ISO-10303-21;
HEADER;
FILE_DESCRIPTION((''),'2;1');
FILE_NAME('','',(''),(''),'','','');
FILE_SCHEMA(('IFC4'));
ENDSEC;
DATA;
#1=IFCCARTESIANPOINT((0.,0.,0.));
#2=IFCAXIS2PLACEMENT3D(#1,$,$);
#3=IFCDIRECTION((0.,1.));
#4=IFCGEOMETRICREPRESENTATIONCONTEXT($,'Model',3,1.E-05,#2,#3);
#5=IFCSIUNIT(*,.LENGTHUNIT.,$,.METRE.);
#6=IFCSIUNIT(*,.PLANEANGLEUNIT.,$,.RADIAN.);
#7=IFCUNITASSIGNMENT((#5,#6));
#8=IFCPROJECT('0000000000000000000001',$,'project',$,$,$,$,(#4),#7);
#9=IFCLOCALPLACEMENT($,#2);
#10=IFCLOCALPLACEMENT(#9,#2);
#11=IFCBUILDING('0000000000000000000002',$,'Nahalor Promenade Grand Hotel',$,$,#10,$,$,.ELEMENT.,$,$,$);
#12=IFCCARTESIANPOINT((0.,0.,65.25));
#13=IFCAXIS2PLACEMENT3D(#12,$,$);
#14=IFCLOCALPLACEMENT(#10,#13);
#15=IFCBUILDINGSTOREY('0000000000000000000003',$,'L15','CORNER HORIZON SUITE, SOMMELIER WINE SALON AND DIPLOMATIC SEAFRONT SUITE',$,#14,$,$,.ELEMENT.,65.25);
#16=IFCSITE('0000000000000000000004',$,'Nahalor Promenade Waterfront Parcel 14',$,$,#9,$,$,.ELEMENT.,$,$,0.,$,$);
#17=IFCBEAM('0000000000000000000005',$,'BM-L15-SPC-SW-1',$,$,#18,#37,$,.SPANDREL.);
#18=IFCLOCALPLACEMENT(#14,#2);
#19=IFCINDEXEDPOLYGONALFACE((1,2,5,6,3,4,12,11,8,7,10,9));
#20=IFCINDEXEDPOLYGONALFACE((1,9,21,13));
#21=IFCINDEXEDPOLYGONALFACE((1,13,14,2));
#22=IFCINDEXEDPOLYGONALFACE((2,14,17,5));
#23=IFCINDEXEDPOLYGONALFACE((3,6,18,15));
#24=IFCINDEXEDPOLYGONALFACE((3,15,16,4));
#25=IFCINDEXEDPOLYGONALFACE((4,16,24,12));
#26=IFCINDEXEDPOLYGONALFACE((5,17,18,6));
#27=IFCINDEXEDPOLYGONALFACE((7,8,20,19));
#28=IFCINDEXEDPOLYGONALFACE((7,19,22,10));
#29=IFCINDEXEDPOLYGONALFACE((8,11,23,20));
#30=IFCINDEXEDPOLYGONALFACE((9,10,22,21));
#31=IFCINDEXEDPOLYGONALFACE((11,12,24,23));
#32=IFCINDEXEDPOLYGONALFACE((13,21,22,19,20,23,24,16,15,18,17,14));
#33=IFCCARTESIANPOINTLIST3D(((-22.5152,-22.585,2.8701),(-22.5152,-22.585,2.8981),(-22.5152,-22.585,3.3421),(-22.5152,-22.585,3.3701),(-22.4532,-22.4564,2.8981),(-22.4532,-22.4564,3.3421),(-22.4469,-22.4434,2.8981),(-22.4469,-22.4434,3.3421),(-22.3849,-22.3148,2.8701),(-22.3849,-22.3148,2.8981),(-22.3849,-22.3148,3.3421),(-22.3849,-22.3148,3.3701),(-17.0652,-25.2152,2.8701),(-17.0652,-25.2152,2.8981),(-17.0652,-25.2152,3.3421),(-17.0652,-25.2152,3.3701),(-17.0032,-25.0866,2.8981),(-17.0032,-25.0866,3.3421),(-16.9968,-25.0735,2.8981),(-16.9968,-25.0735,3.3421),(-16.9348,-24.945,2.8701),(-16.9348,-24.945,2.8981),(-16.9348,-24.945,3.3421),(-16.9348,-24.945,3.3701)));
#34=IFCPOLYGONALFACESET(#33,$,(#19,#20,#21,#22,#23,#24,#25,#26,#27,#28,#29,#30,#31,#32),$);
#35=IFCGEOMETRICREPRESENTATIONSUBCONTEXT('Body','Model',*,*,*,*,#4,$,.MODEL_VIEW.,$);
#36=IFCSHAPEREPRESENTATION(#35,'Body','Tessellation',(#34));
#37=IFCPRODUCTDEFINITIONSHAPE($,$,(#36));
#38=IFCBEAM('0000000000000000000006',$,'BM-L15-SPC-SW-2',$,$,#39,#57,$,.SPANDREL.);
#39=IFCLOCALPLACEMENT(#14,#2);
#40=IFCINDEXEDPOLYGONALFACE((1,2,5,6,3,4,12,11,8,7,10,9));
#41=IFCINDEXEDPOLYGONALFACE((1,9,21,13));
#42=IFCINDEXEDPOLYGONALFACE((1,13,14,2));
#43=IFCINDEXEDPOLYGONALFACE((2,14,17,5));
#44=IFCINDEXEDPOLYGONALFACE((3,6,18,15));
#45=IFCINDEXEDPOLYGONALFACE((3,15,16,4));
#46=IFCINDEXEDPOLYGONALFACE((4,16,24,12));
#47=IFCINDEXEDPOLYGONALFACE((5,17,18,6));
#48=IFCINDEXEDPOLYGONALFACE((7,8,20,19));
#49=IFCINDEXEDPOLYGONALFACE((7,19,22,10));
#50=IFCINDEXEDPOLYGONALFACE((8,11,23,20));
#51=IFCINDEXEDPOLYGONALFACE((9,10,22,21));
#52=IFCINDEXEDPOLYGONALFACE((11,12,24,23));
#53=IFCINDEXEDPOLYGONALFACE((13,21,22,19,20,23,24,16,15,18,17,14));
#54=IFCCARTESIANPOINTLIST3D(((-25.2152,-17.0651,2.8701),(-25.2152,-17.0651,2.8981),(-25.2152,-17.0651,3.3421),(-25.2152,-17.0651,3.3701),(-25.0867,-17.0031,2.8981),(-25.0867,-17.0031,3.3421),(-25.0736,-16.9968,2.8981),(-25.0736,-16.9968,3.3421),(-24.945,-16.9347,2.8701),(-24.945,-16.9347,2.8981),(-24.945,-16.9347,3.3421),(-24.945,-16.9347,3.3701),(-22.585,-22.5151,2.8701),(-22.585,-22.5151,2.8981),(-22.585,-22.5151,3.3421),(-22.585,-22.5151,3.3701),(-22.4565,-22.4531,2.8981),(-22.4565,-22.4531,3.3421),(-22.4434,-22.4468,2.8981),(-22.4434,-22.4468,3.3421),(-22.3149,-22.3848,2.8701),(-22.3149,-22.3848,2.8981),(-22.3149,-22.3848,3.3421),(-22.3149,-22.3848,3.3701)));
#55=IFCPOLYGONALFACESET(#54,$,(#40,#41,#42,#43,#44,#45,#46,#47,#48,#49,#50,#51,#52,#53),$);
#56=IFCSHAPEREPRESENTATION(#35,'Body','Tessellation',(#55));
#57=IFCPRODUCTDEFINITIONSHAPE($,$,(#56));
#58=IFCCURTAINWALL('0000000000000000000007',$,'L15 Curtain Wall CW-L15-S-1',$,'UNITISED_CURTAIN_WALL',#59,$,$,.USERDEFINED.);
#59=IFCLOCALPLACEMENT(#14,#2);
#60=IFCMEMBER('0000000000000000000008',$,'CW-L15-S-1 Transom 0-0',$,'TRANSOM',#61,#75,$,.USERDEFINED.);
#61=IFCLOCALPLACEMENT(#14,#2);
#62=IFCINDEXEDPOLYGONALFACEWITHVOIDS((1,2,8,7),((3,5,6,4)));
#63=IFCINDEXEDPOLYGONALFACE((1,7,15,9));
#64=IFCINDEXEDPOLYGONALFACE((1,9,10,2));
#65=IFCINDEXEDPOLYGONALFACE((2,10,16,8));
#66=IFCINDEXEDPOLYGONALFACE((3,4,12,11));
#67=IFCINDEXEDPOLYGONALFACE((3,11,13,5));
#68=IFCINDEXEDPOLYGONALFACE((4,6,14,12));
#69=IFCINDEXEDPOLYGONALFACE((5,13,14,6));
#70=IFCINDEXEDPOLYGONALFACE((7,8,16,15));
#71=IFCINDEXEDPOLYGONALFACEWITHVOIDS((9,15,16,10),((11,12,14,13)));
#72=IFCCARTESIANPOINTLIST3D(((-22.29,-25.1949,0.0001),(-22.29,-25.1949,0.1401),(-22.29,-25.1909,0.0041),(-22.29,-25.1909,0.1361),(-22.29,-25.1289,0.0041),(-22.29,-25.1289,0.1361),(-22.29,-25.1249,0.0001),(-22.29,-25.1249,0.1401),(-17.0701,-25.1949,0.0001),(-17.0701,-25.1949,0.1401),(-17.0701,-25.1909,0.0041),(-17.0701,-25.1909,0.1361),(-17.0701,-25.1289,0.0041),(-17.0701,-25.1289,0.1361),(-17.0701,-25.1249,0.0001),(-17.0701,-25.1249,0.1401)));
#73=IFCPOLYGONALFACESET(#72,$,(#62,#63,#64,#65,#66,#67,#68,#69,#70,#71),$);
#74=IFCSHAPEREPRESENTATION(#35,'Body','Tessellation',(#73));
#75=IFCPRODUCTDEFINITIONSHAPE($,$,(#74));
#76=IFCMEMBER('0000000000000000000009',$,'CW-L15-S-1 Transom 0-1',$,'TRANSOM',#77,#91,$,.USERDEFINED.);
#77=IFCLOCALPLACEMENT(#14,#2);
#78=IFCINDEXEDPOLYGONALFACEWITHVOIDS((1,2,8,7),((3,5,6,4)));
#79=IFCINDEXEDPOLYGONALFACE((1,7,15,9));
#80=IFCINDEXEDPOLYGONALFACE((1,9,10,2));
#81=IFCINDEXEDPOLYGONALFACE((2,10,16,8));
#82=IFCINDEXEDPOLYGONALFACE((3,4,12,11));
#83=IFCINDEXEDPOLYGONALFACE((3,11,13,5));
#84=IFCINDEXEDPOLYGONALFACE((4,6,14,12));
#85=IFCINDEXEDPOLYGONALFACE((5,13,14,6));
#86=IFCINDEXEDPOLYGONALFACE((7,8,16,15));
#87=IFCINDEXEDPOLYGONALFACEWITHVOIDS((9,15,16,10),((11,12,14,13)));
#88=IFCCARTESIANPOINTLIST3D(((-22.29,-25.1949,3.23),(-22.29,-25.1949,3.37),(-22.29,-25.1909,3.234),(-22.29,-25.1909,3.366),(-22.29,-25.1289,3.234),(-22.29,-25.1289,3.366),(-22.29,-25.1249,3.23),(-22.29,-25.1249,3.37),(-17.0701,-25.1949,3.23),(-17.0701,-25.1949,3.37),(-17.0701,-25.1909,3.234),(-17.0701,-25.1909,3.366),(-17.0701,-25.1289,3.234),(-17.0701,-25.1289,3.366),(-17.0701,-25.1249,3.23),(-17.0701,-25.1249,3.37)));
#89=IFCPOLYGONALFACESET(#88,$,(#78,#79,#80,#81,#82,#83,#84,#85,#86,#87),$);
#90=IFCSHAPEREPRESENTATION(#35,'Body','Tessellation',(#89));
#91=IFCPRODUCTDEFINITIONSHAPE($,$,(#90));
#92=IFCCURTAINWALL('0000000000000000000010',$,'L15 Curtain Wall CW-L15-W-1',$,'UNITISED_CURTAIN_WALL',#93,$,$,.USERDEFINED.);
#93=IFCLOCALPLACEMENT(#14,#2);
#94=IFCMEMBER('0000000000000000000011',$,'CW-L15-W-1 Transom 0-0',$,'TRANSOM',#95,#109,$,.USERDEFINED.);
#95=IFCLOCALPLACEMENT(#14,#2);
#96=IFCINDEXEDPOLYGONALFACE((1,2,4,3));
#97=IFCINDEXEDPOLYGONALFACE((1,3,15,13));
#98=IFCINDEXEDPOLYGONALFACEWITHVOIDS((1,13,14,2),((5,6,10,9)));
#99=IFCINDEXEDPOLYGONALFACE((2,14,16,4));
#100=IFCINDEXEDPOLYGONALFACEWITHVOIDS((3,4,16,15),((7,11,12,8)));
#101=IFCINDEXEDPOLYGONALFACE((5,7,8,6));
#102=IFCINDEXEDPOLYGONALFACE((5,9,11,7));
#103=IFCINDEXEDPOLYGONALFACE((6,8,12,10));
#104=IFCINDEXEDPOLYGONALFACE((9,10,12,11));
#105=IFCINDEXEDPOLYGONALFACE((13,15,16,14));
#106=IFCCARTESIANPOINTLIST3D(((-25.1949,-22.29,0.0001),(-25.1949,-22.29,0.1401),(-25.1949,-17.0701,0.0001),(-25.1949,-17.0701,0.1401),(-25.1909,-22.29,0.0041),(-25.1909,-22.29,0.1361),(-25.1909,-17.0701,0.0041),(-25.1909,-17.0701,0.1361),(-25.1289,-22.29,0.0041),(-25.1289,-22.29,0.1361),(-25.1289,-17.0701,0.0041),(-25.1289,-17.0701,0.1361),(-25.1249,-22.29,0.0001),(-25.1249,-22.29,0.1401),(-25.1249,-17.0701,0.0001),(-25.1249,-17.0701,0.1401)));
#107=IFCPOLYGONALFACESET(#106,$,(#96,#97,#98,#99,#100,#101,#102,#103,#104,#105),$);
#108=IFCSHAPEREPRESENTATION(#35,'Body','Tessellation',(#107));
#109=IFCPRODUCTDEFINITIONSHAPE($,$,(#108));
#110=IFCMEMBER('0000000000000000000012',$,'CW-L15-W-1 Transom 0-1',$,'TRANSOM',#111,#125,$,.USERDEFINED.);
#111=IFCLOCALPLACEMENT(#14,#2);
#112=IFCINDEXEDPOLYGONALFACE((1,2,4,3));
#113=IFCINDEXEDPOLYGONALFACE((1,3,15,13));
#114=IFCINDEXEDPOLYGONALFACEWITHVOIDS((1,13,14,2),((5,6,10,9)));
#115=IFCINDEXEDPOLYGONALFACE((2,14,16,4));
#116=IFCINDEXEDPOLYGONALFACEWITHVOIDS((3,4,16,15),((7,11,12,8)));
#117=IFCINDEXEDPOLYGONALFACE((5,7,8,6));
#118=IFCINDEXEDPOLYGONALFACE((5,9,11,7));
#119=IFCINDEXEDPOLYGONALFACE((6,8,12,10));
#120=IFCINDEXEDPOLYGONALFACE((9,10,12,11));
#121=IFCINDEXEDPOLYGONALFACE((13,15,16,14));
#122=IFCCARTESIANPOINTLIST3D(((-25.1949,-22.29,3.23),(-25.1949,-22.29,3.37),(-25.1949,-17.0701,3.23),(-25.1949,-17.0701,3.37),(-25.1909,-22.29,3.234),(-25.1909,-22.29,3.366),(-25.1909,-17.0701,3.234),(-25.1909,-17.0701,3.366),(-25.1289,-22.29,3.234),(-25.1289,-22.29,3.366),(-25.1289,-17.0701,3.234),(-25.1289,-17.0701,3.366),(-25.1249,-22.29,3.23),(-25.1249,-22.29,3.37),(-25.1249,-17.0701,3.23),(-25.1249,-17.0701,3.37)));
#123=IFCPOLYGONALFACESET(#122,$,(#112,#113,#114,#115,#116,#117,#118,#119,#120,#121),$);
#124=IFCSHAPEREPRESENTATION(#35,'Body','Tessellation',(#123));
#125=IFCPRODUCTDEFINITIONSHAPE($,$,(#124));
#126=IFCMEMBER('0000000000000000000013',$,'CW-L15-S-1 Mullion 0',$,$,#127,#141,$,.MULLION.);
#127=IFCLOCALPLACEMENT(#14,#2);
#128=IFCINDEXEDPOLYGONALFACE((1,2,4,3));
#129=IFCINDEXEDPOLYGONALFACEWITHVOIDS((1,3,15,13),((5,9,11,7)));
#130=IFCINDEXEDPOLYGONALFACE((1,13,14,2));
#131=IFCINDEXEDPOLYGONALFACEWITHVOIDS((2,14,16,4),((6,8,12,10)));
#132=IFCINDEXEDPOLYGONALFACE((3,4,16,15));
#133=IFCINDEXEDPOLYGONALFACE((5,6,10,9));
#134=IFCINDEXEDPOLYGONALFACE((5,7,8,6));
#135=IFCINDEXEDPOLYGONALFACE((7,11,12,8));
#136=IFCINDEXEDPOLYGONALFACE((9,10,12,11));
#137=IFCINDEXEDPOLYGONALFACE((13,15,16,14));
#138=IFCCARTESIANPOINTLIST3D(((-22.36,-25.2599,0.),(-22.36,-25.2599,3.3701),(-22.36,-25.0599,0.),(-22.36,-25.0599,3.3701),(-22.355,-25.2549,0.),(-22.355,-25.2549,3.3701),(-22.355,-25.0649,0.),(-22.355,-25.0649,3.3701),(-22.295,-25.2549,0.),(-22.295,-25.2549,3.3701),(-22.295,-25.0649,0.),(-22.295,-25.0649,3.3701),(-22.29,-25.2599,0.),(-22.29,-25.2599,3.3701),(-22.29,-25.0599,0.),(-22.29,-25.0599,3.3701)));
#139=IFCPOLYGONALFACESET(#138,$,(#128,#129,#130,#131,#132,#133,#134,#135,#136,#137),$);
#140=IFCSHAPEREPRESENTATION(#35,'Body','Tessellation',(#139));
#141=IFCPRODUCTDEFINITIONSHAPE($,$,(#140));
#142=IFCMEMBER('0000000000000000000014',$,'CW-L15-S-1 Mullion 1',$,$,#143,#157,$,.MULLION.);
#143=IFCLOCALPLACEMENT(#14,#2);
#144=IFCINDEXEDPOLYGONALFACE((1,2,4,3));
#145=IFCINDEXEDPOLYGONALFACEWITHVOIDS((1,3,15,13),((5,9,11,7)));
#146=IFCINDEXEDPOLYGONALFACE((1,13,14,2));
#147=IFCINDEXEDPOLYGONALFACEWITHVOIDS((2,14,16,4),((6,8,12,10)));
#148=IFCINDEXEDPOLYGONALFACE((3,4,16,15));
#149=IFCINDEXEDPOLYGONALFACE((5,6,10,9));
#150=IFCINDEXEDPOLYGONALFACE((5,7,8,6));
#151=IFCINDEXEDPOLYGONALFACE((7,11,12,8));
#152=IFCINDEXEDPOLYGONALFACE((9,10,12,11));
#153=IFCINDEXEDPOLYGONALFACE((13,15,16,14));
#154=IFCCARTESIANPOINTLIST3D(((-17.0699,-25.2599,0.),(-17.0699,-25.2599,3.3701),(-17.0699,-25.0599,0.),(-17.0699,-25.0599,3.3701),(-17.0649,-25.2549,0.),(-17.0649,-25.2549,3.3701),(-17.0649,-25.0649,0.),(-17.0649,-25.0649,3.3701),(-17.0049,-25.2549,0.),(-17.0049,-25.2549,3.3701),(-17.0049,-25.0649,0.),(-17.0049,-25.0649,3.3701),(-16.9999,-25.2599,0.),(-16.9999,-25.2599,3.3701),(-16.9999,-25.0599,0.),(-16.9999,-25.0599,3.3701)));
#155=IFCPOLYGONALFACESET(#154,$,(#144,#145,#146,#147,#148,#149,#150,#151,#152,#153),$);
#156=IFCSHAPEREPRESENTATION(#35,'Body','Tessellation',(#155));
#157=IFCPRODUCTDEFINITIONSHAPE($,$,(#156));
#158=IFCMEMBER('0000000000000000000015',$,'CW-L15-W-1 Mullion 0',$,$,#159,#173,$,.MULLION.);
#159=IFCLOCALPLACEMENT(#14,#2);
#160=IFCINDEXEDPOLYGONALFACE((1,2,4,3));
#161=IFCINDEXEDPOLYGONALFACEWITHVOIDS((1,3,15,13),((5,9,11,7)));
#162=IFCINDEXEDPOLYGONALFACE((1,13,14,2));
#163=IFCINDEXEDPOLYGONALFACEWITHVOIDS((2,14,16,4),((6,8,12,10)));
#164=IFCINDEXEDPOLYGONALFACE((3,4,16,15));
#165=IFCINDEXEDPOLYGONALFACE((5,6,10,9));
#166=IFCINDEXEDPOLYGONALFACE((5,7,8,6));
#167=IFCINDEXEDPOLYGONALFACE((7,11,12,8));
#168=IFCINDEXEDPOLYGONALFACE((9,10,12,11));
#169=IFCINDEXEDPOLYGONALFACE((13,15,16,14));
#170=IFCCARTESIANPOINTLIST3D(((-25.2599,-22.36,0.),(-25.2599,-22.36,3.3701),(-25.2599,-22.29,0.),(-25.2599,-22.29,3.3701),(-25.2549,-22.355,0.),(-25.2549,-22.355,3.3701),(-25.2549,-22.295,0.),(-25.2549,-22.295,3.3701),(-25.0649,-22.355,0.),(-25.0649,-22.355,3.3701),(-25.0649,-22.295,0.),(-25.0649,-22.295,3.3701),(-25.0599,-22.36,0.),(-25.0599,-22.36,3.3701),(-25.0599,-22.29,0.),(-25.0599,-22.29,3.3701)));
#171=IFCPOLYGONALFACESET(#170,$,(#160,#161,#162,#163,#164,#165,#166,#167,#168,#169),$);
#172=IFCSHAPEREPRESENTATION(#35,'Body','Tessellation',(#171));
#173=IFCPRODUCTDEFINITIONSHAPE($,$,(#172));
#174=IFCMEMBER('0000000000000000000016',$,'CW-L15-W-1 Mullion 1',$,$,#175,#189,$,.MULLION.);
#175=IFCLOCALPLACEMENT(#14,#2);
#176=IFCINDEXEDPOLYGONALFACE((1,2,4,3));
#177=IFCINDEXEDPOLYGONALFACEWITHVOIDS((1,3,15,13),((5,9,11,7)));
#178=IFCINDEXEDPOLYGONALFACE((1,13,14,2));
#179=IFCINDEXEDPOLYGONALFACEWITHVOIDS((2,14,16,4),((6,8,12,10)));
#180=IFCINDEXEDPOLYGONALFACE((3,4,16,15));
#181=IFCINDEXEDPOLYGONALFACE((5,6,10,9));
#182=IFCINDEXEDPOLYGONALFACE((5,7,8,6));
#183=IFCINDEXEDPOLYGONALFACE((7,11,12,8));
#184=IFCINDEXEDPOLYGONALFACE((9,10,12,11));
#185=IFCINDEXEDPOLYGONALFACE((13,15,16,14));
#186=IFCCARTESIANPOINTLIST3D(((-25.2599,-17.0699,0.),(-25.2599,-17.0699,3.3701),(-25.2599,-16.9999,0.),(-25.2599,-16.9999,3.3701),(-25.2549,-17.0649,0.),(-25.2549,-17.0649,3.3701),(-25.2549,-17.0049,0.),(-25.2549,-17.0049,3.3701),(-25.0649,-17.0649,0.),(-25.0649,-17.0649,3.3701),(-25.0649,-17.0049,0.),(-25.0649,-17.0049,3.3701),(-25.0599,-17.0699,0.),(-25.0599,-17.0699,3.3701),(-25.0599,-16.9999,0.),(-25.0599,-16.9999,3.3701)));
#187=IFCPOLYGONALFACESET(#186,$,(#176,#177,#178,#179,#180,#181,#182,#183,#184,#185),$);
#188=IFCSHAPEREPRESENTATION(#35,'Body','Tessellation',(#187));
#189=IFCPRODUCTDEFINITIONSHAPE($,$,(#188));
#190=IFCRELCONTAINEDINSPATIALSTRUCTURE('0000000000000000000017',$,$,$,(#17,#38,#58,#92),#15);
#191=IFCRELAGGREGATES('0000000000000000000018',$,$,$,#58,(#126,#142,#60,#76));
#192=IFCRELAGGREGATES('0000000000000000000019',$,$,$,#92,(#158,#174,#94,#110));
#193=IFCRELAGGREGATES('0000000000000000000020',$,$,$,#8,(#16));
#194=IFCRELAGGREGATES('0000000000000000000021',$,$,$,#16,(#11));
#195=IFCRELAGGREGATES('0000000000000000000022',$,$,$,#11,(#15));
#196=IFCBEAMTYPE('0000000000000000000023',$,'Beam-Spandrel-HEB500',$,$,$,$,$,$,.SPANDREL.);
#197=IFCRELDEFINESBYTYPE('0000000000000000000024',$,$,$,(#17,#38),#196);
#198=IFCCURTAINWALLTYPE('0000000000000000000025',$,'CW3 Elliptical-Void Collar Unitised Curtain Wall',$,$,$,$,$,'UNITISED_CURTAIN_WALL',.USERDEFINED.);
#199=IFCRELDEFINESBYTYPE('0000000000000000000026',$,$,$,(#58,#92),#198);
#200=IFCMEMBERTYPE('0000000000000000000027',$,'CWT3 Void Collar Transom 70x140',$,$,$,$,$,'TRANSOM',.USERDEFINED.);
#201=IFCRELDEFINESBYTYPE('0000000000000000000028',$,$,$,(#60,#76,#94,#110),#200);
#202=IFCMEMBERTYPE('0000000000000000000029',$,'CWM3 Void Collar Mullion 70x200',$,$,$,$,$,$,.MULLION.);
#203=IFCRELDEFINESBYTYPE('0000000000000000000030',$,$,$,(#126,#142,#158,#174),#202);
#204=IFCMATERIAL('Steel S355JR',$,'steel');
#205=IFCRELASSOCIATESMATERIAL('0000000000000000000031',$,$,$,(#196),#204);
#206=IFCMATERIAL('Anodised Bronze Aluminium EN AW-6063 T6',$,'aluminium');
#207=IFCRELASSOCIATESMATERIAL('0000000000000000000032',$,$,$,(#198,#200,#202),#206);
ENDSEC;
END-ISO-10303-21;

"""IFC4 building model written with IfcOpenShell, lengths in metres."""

from ifc_helpers import new_model, si_unit, direction, frame, origin, origin_2d, place, context, subcontext, project, spatial, hollow_rectangle, i_section, extrude, source, transform, mapped, material, material_profile, profile_set, type_object, element, aggregate, save


model = new_model("IFC4")

# Units and contexts
model_context = context("Model", 3, precision=1e-05, world=origin(), true_north=direction((0.0, 1.0)))
body_context = subcontext(model_context, "Body", "Model", "MODEL_VIEW")
ifc_project = project(units=[si_unit("LENGTHUNIT", "METRE"), si_unit("PLANEANGLEUNIT", "RADIAN")], contexts=[model_context])

# Site, building, storey
site_placement = place(None, origin())
site = spatial("IfcSite", under=ifc_project, at=site_placement, Name="Nahalor Promenade Waterfront Parcel 14", CompositionType="ELEMENT", RefElevation=0.0)
building_placement = place(site_placement, origin())
building = spatial("IfcBuilding", under=site, at=building_placement, Name="Nahalor Promenade Grand Hotel", CompositionType="ELEMENT")
storey_placement = place(building_placement, frame((0.0, 0.0, 65.25)))
storey = spatial("IfcBuildingStorey", under=building, at=storey_placement, Name="L15", Description="CORNER HORIZON SUITE, SOMMELIER WINE SALON AND DIPLOMATIC SEAFRONT SUITE", CompositionType="ELEMENT", Elevation=65.25)

# Beams
ifc_material_1 = material(Name="Steel S355JR", Category="steel")
ifc_material_profile_1 = material_profile(ifc_material_1, i_section(OverallWidth=0.3, OverallDepth=0.5, WebThickness=0.0145, FlangeThickness=0.028, at=origin_2d()), Name="HEB 500")
ifc_profile_set_1 = profile_set([ifc_material_profile_1], Name="Steel S355JR")
beam_type_1 = type_object("IfcBeamType", Name="Beam-Spandrel-HEB500", PredefinedType="SPANDREL", material=ifc_profile_set_1)
shared_shape_1 = source(origin(), body_context, "Body", "SweptSolid", [
    extrude(i_section(OverallWidth=0.3, OverallDepth=0.5, WebThickness=0.0145, FlangeThickness=0.028, at=origin_2d()), origin(), (0.0, 0.0, 1.0), 6.0515),
])
for number, where, z_axis, x_axis, name in (
    (1, (-17.0, -25.0801, 3.1201), (-0.900609, 0.434631, 0.0), (-0.434631, -0.900609, 0.0), "BM-L15-SPC-SW-1"),
    (2, (-22.45, -22.45, 3.1201), (-0.434631, 0.900609, 0.0), (-0.900609, -0.434631, 0.0), "BM-L15-SPC-SW-2"),
):
    element("IfcBeam", number, at=place(storey_placement, frame(where, z_axis=z_axis, x_axis=x_axis)), inside=storey, type_object=beam_type_1, Name=name, PredefinedType="SPANDREL", context=body_context, shape_type="MappedRepresentation", body=[
        mapped(shared_shape_1, transform((0.0, 0.0, 0.0), scale=1.0)),
    ])

# Curtain walls, members
ifc_material_2 = material(Name="Anodised Bronze Aluminium EN AW-6063 T6", Category="aluminium")
curtain_wall_type = type_object("IfcCurtainWallType", Name="CW3 Elliptical-Void Collar Unitised Curtain Wall", ElementType="UNITISED_CURTAIN_WALL", PredefinedType="USERDEFINED", material=ifc_material_2)
curtain_wall_1_placement = place(storey_placement, origin())
curtain_wall_1 = element("IfcCurtainWall", 3, at=curtain_wall_1_placement, inside=storey, type_object=curtain_wall_type, Name="L15 Curtain Wall CW-L15-S-1", ObjectType="UNITISED_CURTAIN_WALL", PredefinedType="USERDEFINED")
ifc_material_profile_2 = material_profile(ifc_material_2, hollow_rectangle(XDim=0.07, YDim=0.14, WallThickness=0.004, at=origin_2d()), Name="CWT 70x140x4")
ifc_profile_set_2 = profile_set([ifc_material_profile_2], Name="Anodised Bronze Aluminium EN AW-6063 T6")
member_type_1 = type_object("IfcMemberType", Name="CWT3 Void Collar Transom 70x140", ElementType="TRANSOM", PredefinedType="USERDEFINED", material=ifc_profile_set_2)
shared_shape_2 = source(origin(), body_context, "Body", "SweptSolid", [
    extrude(hollow_rectangle(XDim=0.07, YDim=0.14, WallThickness=0.004, at=origin_2d()), origin(), (0.0, 0.0, 1.0), 5.22),
])
member_1_placement = place(storey_placement, frame((-22.29, -25.1599, 0.0701), z_axis=(1.0, 0.0, 0.0), x_axis=(0.0, 1.0, 0.0)))
member_1 = element("IfcMember", 4, at=member_1_placement, type_object=member_type_1, Name="CW-L15-S-1 Transom 0-0", ObjectType="TRANSOM", PredefinedType="USERDEFINED", context=body_context, shape_type="MappedRepresentation", body=[
    mapped(shared_shape_2, transform((0.0, 0.0, 0.0), scale=1.0)),
])
member_2_placement = place(storey_placement, frame((-22.29, -25.1599, 3.3), z_axis=(1.0, 0.0, 0.0), x_axis=(0.0, 1.0, 0.0)))
member_2 = element("IfcMember", 5, at=member_2_placement, type_object=member_type_1, Name="CW-L15-S-1 Transom 0-1", ObjectType="TRANSOM", PredefinedType="USERDEFINED", context=body_context, shape_type="MappedRepresentation", body=[
    mapped(shared_shape_2, transform((0.0, 0.0, 0.0), scale=1.0)),
])
curtain_wall_2_placement = place(storey_placement, origin())
curtain_wall_2 = element("IfcCurtainWall", 6, at=curtain_wall_2_placement, inside=storey, type_object=curtain_wall_type, Name="L15 Curtain Wall CW-L15-W-1", ObjectType="UNITISED_CURTAIN_WALL", PredefinedType="USERDEFINED")
member_3_placement = place(storey_placement, frame((-25.1599, -22.29, 0.0701), z_axis=(0.0, 1.0, 0.0), x_axis=(-1.0, 0.0, 0.0)))
member_3 = element("IfcMember", 7, at=member_3_placement, type_object=member_type_1, Name="CW-L15-W-1 Transom 0-0", ObjectType="TRANSOM", PredefinedType="USERDEFINED", context=body_context, shape_type="MappedRepresentation", body=[
    mapped(shared_shape_2, transform((0.0, 0.0, 0.0), scale=1.0)),
])
member_4_placement = place(storey_placement, frame((-25.1599, -22.29, 3.3), z_axis=(0.0, 1.0, 0.0), x_axis=(-1.0, 0.0, 0.0)))
member_4 = element("IfcMember", 8, at=member_4_placement, type_object=member_type_1, Name="CW-L15-W-1 Transom 0-1", ObjectType="TRANSOM", PredefinedType="USERDEFINED", context=body_context, shape_type="MappedRepresentation", body=[
    mapped(shared_shape_2, transform((0.0, 0.0, 0.0), scale=1.0)),
])

# Members
ifc_material_profile_3 = material_profile(ifc_material_2, hollow_rectangle(XDim=0.07, YDim=0.2, WallThickness=0.005, at=origin_2d()), Name="CWM 70x200x5")
ifc_profile_set_3 = profile_set([ifc_material_profile_3], Name="Anodised Bronze Aluminium EN AW-6063 T6")
member_type_2 = type_object("IfcMemberType", Name="CWM3 Void Collar Mullion 70x200", PredefinedType="MULLION", material=ifc_profile_set_3)
shared_shape_3 = source(origin(), body_context, "Body", "SweptSolid", [
    extrude(hollow_rectangle(XDim=0.07, YDim=0.2, WallThickness=0.005, at=origin_2d()), origin(), (0.0, 0.0, 1.0), 3.3701),
])
member_5_placement = place(storey_placement, frame((-22.325, -25.1599, 0.0), z_axis=(0.0, 0.0, 1.0), x_axis=(1.0, 0.0, 0.0)))
member_5 = element("IfcMember", 9, at=member_5_placement, type_object=member_type_2, Name="CW-L15-S-1 Mullion 0", PredefinedType="MULLION", context=body_context, shape_type="MappedRepresentation", body=[
    mapped(shared_shape_3, transform((0.0, 0.0, 0.0), scale=1.0)),
])
member_6_placement = place(storey_placement, frame((-17.0349, -25.1599, 0.0), z_axis=(0.0, 0.0, 1.0), x_axis=(1.0, 0.0, 0.0)))
member_6 = element("IfcMember", 10, at=member_6_placement, type_object=member_type_2, Name="CW-L15-S-1 Mullion 1", PredefinedType="MULLION", context=body_context, shape_type="MappedRepresentation", body=[
    mapped(shared_shape_3, transform((0.0, 0.0, 0.0), scale=1.0)),
])
member_7_placement = place(storey_placement, frame((-25.1599, -22.325, 0.0), z_axis=(0.0, 0.0, 1.0), x_axis=(0.0, 1.0, 0.0)))
member_7 = element("IfcMember", 11, at=member_7_placement, type_object=member_type_2, Name="CW-L15-W-1 Mullion 0", PredefinedType="MULLION", context=body_context, shape_type="MappedRepresentation", body=[
    mapped(shared_shape_3, transform((0.0, 0.0, 0.0), scale=1.0)),
])
member_8_placement = place(storey_placement, frame((-25.1599, -17.0349, 0.0), z_axis=(0.0, 0.0, 1.0), x_axis=(0.0, 1.0, 0.0)))
member_8 = element("IfcMember", 12, at=member_8_placement, type_object=member_type_2, Name="CW-L15-W-1 Mullion 1", PredefinedType="MULLION", context=body_context, shape_type="MappedRepresentation", body=[
    mapped(shared_shape_3, transform((0.0, 0.0, 0.0), scale=1.0)),
])

aggregate(curtain_wall_1, [member_5, member_6, member_1, member_2])
aggregate(curtain_wall_2, [member_7, member_8, member_3, member_4])

save(model, "model.ifc")
